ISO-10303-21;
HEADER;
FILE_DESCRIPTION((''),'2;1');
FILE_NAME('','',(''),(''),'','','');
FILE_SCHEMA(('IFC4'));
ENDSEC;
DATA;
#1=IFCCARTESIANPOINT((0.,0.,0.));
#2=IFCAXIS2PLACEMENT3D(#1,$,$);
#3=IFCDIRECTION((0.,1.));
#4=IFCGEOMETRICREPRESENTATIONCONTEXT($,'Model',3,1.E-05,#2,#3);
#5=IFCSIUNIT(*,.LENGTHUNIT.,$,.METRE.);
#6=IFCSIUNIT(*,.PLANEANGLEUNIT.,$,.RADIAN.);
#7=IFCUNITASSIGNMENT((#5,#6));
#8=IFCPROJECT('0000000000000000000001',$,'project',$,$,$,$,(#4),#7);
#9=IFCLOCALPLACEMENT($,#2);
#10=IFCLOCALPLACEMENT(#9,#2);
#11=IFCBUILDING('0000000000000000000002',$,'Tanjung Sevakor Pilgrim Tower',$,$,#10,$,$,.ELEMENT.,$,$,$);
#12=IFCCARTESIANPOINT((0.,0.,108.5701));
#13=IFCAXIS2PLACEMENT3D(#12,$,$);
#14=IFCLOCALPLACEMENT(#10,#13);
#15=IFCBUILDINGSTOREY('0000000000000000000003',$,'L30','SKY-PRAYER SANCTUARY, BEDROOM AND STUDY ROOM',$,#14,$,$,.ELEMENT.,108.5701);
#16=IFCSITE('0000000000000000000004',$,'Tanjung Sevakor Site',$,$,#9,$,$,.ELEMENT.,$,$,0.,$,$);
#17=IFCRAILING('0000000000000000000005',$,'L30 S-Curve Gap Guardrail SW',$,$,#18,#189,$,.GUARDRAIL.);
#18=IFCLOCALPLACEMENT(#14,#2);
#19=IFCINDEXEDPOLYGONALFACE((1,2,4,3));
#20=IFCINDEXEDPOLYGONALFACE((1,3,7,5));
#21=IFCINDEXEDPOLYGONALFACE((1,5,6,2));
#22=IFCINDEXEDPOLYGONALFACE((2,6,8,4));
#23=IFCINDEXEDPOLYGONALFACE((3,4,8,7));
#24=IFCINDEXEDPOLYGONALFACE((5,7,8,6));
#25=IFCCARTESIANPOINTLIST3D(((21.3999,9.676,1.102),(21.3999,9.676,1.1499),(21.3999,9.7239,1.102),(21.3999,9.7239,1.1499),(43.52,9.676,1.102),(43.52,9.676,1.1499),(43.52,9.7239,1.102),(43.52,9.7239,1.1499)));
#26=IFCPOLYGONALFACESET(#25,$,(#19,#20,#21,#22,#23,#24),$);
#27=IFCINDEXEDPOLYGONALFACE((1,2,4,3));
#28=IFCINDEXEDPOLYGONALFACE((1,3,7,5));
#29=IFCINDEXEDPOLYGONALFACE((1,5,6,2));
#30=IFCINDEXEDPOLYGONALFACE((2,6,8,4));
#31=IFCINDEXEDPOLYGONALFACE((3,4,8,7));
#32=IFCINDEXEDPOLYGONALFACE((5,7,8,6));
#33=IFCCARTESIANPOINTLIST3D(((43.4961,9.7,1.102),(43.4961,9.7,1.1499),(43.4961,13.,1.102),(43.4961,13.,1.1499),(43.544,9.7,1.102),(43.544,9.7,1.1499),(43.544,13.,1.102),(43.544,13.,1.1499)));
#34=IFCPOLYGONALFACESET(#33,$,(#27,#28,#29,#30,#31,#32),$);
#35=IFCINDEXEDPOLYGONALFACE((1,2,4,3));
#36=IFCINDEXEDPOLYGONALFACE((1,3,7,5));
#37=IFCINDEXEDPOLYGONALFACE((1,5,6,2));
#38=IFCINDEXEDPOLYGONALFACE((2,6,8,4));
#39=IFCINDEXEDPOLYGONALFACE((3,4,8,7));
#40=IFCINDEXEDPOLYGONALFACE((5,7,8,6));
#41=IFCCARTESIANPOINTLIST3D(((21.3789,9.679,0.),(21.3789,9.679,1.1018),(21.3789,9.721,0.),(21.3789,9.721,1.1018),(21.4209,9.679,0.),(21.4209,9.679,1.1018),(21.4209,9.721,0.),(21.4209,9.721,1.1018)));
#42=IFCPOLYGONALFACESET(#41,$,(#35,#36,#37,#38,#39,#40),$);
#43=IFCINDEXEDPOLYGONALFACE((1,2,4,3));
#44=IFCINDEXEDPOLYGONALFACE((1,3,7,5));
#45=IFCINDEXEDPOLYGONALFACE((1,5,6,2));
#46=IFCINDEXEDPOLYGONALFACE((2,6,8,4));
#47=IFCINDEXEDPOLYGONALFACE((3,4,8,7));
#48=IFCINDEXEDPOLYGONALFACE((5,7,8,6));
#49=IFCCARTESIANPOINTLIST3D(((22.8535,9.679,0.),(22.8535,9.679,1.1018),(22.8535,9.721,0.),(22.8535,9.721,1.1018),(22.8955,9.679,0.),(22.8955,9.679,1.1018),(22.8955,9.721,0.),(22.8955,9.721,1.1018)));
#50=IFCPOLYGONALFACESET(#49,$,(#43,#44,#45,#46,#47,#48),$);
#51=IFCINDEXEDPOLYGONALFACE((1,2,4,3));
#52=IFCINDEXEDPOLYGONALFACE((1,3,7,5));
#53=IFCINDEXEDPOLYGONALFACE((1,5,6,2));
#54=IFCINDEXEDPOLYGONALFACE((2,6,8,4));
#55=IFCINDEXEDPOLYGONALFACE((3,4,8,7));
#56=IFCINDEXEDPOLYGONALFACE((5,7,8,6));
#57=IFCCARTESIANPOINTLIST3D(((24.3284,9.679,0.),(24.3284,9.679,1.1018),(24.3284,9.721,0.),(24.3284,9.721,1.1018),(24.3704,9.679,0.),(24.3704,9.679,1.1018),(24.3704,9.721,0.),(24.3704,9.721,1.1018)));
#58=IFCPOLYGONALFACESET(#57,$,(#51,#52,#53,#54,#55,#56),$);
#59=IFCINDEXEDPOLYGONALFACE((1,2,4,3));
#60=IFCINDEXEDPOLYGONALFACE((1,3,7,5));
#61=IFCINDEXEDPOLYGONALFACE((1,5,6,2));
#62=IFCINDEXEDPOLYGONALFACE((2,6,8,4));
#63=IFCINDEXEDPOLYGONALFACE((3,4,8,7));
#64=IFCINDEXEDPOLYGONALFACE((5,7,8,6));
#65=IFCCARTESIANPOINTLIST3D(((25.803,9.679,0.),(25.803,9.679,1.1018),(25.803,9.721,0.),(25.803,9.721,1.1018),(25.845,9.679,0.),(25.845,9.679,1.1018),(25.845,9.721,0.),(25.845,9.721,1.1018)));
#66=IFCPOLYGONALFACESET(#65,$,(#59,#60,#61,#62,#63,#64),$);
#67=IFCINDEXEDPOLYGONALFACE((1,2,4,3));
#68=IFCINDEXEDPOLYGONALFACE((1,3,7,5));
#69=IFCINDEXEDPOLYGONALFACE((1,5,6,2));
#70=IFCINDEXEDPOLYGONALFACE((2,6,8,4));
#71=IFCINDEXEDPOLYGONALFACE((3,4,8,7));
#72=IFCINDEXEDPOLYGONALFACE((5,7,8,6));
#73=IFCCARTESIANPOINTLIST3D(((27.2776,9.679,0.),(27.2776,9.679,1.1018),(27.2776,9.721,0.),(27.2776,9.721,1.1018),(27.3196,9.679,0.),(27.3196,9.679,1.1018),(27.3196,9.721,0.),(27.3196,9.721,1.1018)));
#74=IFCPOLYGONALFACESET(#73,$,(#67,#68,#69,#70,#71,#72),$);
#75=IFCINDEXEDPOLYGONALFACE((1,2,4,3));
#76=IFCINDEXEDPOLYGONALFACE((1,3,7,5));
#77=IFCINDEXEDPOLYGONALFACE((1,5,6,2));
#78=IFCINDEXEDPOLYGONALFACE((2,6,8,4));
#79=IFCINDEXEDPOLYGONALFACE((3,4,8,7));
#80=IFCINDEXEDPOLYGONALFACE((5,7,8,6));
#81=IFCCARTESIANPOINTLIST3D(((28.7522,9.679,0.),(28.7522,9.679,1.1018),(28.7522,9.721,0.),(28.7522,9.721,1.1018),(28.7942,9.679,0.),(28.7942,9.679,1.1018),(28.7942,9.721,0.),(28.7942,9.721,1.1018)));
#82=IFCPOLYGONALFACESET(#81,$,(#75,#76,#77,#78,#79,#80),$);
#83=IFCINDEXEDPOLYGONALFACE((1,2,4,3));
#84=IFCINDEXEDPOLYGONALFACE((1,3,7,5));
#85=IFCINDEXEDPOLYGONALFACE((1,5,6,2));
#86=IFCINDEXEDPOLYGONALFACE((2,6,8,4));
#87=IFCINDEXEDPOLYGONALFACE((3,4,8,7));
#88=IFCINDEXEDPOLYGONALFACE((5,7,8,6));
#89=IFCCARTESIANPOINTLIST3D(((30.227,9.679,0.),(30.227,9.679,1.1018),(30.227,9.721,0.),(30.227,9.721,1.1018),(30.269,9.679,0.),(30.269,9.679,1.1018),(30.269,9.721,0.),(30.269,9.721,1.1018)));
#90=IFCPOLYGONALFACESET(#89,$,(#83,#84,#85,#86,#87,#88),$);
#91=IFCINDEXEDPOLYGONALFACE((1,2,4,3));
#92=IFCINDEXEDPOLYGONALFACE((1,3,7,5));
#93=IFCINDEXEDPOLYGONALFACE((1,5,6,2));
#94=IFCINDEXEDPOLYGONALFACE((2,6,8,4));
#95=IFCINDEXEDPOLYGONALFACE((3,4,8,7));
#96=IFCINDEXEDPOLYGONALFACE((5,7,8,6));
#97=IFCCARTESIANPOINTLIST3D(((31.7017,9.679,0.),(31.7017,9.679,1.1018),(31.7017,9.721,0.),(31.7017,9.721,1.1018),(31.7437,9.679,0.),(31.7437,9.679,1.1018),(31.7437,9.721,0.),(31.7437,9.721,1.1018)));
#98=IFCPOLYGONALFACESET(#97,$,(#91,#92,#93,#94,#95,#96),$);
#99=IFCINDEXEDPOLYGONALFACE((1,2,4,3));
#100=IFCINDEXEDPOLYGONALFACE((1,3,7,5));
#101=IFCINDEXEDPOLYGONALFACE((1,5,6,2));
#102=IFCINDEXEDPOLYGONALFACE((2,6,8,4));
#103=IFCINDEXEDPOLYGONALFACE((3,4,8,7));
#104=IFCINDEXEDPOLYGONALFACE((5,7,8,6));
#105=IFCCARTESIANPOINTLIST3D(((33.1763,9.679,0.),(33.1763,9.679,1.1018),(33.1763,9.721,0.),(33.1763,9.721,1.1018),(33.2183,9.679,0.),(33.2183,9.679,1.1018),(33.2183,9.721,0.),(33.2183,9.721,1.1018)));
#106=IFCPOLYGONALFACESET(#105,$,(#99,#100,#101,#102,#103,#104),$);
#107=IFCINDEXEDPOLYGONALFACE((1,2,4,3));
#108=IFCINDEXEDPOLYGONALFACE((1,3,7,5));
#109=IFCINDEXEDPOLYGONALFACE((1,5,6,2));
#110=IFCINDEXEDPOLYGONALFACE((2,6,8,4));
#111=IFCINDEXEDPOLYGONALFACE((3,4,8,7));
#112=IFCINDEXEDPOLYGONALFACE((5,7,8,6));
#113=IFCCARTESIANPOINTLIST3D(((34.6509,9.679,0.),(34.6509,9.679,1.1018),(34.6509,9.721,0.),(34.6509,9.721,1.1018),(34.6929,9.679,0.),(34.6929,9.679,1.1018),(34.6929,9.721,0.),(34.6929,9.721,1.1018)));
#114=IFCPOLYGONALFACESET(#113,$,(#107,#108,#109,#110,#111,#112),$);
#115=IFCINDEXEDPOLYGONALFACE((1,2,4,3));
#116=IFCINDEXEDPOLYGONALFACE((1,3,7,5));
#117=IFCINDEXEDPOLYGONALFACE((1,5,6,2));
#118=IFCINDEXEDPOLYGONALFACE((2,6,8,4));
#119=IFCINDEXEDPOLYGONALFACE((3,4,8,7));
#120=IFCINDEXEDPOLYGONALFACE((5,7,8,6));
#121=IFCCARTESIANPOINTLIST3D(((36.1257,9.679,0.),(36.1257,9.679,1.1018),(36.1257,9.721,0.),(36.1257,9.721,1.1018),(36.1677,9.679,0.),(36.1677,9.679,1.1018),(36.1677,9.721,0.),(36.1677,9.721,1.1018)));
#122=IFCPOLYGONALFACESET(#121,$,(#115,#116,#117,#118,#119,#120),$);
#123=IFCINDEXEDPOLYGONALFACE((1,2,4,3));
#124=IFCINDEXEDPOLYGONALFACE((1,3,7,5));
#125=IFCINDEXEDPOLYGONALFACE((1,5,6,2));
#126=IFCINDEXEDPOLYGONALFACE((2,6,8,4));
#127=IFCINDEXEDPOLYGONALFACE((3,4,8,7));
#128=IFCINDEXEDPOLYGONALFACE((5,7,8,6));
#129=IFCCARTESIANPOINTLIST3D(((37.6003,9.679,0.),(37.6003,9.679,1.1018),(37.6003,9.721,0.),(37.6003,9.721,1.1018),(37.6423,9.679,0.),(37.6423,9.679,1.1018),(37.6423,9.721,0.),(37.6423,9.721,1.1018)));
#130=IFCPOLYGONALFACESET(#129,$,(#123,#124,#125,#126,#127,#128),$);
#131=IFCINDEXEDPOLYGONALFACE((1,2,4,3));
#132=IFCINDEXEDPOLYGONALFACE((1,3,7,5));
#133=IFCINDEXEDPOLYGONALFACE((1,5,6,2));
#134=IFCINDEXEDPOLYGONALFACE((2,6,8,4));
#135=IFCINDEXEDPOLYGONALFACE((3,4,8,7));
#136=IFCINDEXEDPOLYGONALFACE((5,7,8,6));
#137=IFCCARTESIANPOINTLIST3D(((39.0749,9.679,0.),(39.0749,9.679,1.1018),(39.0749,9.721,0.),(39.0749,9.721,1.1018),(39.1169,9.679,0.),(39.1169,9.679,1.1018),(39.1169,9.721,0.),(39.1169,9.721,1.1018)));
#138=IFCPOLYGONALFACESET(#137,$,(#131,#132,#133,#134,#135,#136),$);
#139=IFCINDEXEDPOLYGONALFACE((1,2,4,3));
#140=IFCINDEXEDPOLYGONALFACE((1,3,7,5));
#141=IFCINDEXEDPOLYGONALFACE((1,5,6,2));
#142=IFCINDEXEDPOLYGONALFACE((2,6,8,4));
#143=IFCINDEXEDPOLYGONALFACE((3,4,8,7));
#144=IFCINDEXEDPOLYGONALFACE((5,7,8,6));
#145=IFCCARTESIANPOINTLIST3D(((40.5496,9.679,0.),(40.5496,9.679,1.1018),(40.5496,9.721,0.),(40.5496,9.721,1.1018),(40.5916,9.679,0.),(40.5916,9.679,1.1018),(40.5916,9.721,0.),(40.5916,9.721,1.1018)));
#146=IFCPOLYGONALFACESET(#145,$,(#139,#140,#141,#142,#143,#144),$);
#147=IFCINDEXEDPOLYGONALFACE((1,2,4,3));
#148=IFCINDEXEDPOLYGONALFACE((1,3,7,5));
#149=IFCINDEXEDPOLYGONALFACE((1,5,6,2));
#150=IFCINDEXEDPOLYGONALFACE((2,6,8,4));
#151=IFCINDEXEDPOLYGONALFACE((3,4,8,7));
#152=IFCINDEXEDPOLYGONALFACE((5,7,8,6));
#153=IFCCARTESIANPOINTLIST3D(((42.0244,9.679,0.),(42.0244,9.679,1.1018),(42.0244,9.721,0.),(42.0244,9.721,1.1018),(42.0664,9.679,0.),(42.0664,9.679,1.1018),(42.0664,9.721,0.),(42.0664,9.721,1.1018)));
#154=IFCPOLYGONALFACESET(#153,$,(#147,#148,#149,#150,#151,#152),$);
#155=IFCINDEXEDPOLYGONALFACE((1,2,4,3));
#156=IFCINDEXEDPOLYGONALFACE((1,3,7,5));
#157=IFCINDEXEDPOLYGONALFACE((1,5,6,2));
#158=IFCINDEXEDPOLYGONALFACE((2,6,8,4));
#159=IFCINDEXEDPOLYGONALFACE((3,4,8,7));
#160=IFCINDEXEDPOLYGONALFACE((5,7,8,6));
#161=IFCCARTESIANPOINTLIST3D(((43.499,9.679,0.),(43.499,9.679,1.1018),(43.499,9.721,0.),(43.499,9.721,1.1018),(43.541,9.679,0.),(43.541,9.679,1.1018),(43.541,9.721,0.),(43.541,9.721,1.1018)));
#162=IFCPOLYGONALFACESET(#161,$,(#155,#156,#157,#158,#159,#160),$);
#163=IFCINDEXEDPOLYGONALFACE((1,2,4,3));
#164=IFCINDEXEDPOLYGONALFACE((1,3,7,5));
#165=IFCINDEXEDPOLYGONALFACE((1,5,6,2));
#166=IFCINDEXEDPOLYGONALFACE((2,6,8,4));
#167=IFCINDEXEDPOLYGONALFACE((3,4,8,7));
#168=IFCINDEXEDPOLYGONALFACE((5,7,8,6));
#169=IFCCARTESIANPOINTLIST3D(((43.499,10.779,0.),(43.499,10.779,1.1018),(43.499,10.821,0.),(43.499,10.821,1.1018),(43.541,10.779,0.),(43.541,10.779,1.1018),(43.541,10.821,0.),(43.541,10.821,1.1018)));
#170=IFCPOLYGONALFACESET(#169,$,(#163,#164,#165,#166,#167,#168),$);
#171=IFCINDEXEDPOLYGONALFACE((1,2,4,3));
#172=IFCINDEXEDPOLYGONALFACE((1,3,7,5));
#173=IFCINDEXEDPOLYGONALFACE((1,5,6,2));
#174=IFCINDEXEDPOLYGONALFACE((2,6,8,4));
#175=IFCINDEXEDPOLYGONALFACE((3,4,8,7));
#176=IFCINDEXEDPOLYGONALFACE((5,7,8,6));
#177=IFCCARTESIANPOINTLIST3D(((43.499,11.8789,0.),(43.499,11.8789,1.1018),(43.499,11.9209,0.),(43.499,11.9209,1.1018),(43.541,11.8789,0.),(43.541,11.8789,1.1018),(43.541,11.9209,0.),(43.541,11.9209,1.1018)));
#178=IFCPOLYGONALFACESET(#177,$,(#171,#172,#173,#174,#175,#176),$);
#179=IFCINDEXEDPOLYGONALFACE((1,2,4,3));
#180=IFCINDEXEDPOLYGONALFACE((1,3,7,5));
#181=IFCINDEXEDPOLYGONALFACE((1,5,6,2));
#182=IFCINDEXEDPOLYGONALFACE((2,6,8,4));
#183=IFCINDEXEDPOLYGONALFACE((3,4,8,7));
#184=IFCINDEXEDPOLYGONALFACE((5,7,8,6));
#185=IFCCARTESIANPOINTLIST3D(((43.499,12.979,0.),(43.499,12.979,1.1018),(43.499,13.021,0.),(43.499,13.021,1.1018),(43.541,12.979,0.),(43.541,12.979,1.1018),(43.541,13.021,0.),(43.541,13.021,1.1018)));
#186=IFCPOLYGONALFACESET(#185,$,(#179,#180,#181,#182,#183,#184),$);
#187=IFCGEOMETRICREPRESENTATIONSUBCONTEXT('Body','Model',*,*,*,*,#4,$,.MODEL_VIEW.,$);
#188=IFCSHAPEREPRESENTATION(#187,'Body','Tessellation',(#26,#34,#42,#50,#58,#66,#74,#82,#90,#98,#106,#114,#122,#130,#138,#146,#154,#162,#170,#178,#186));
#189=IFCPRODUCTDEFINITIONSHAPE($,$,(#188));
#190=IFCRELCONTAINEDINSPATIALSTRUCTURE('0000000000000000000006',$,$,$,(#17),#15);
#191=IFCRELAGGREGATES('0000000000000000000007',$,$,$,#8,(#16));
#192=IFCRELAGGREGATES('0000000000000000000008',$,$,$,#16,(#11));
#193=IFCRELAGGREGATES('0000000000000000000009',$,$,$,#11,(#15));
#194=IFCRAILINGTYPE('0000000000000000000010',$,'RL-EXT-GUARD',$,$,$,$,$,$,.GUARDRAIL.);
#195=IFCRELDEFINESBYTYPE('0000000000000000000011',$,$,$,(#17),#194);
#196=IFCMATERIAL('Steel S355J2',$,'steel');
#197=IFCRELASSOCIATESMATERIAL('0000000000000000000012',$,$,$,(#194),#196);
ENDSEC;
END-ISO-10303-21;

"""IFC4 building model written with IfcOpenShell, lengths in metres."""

from ifc_helpers import new_model, si_unit, direction, frame, origin, place, context, subcontext, project, spatial, rectangle, extrude, material, type_object, element, save


model = new_model("IFC4")

# Units and contexts
model_context = context("Model", 3, precision=1e-05, world=origin(), true_north=direction((0.0, 1.0)))
body_context = subcontext(model_context, "Body", "Model", "MODEL_VIEW")
ifc_project = project(units=[si_unit("LENGTHUNIT", "METRE"), si_unit("PLANEANGLEUNIT", "RADIAN")], contexts=[model_context])

# Site, building, storey
site_placement = place(None, origin())
site = spatial("IfcSite", under=ifc_project, at=site_placement, Name="Tanjung Sevakor Site", CompositionType="ELEMENT", RefElevation=0.0)
building_placement = place(site_placement, origin())
building = spatial("IfcBuilding", under=site, at=building_placement, Name="Tanjung Sevakor Pilgrim Tower", CompositionType="ELEMENT")
storey_placement = place(building_placement, frame((0.0, 0.0, 108.5701)))
storey = spatial("IfcBuildingStorey", under=building, at=storey_placement, Name="L30", Description="SKY-PRAYER SANCTUARY, BEDROOM AND STUDY ROOM", CompositionType="ELEMENT", Elevation=108.5701)

# Railing
ifc_material_1 = material(Name="Steel S355J2", Category="steel")
railing_type = type_object("IfcRailingType", Name="RL-EXT-GUARD", PredefinedType="GUARDRAIL", material=ifc_material_1)
railing_placement = place(storey_placement, frame((21.3999, 9.7, 0.0)))
element("IfcRailing", 1, at=railing_placement, inside=storey, type_object=railing_type, Name="L30 S-Curve Gap Guardrail SW", PredefinedType="GUARDRAIL", context=body_context, shape_type="SweptSolid", body=[
    extrude(rectangle(XDim=0.0479, YDim=0.0479), frame((0.0, 0.0, 1.126), z_axis=(1.0, 0.0, 0.0), x_axis=(0.0, 1.0, 0.0)), (0.0, 0.0, 1.0), 22.1201),
    extrude(rectangle(XDim=0.0479, YDim=0.0479), frame((22.1201, 0.0, 1.126), z_axis=(0.0, 1.0, 0.0), x_axis=(-1.0, 0.0, 0.0)), (0.0, 0.0, 1.0), 3.3),
    extrude(rectangle(XDim=0.042, YDim=0.042), origin(), (0.0, 0.0, 1.0), 1.1018),
    extrude(rectangle(XDim=0.042, YDim=0.042), frame((1.4746, 0.0, 0.0)), (0.0, 0.0, 1.0), 1.1018),
    extrude(rectangle(XDim=0.042, YDim=0.042), frame((2.9495, 0.0, 0.0)), (0.0, 0.0, 1.0), 1.1018),
    extrude(rectangle(XDim=0.042, YDim=0.042), frame((4.4241, 0.0, 0.0)), (0.0, 0.0, 1.0), 1.1018),
    extrude(rectangle(XDim=0.042, YDim=0.042), frame((5.8987, 0.0, 0.0)), (0.0, 0.0, 1.0), 1.1018),
    extrude(rectangle(XDim=0.042, YDim=0.042), frame((7.3733, 0.0, 0.0)), (0.0, 0.0, 1.0), 1.1018),
    extrude(rectangle(XDim=0.042, YDim=0.042), frame((8.8481, 0.0, 0.0)), (0.0, 0.0, 1.0), 1.1018),
    extrude(rectangle(XDim=0.042, YDim=0.042), frame((10.3228, 0.0, 0.0)), (0.0, 0.0, 1.0), 1.1018),
    extrude(rectangle(XDim=0.042, YDim=0.042), frame((11.7974, 0.0, 0.0)), (0.0, 0.0, 1.0), 1.1018),
    extrude(rectangle(XDim=0.042, YDim=0.042), frame((13.272, 0.0, 0.0)), (0.0, 0.0, 1.0), 1.1018),
    extrude(rectangle(XDim=0.042, YDim=0.042), frame((14.7468, 0.0, 0.0)), (0.0, 0.0, 1.0), 1.1018),
    extrude(rectangle(XDim=0.042, YDim=0.042), frame((16.2214, 0.0, 0.0)), (0.0, 0.0, 1.0), 1.1018),
    extrude(rectangle(XDim=0.042, YDim=0.042), frame((17.696, 0.0, 0.0)), (0.0, 0.0, 1.0), 1.1018),
    extrude(rectangle(XDim=0.042, YDim=0.042), frame((19.1707, 0.0, 0.0)), (0.0, 0.0, 1.0), 1.1018),
    extrude(rectangle(XDim=0.042, YDim=0.042), frame((20.6455, 0.0, 0.0)), (0.0, 0.0, 1.0), 1.1018),
    extrude(rectangle(XDim=0.042, YDim=0.042), frame((22.1201, 0.0, 0.0)), (0.0, 0.0, 1.0), 1.1018),
    extrude(rectangle(XDim=0.042, YDim=0.042), frame((22.1201, 1.1001, 0.0)), (0.0, 0.0, 1.0), 1.1018),
    extrude(rectangle(XDim=0.042, YDim=0.042), frame((22.1201, 2.2, 0.0)), (0.0, 0.0, 1.0), 1.1018),
    extrude(rectangle(XDim=0.042, YDim=0.042), frame((22.1201, 3.3, 0.0)), (0.0, 0.0, 1.0), 1.1018),
])

save(model, "model.ifc")
